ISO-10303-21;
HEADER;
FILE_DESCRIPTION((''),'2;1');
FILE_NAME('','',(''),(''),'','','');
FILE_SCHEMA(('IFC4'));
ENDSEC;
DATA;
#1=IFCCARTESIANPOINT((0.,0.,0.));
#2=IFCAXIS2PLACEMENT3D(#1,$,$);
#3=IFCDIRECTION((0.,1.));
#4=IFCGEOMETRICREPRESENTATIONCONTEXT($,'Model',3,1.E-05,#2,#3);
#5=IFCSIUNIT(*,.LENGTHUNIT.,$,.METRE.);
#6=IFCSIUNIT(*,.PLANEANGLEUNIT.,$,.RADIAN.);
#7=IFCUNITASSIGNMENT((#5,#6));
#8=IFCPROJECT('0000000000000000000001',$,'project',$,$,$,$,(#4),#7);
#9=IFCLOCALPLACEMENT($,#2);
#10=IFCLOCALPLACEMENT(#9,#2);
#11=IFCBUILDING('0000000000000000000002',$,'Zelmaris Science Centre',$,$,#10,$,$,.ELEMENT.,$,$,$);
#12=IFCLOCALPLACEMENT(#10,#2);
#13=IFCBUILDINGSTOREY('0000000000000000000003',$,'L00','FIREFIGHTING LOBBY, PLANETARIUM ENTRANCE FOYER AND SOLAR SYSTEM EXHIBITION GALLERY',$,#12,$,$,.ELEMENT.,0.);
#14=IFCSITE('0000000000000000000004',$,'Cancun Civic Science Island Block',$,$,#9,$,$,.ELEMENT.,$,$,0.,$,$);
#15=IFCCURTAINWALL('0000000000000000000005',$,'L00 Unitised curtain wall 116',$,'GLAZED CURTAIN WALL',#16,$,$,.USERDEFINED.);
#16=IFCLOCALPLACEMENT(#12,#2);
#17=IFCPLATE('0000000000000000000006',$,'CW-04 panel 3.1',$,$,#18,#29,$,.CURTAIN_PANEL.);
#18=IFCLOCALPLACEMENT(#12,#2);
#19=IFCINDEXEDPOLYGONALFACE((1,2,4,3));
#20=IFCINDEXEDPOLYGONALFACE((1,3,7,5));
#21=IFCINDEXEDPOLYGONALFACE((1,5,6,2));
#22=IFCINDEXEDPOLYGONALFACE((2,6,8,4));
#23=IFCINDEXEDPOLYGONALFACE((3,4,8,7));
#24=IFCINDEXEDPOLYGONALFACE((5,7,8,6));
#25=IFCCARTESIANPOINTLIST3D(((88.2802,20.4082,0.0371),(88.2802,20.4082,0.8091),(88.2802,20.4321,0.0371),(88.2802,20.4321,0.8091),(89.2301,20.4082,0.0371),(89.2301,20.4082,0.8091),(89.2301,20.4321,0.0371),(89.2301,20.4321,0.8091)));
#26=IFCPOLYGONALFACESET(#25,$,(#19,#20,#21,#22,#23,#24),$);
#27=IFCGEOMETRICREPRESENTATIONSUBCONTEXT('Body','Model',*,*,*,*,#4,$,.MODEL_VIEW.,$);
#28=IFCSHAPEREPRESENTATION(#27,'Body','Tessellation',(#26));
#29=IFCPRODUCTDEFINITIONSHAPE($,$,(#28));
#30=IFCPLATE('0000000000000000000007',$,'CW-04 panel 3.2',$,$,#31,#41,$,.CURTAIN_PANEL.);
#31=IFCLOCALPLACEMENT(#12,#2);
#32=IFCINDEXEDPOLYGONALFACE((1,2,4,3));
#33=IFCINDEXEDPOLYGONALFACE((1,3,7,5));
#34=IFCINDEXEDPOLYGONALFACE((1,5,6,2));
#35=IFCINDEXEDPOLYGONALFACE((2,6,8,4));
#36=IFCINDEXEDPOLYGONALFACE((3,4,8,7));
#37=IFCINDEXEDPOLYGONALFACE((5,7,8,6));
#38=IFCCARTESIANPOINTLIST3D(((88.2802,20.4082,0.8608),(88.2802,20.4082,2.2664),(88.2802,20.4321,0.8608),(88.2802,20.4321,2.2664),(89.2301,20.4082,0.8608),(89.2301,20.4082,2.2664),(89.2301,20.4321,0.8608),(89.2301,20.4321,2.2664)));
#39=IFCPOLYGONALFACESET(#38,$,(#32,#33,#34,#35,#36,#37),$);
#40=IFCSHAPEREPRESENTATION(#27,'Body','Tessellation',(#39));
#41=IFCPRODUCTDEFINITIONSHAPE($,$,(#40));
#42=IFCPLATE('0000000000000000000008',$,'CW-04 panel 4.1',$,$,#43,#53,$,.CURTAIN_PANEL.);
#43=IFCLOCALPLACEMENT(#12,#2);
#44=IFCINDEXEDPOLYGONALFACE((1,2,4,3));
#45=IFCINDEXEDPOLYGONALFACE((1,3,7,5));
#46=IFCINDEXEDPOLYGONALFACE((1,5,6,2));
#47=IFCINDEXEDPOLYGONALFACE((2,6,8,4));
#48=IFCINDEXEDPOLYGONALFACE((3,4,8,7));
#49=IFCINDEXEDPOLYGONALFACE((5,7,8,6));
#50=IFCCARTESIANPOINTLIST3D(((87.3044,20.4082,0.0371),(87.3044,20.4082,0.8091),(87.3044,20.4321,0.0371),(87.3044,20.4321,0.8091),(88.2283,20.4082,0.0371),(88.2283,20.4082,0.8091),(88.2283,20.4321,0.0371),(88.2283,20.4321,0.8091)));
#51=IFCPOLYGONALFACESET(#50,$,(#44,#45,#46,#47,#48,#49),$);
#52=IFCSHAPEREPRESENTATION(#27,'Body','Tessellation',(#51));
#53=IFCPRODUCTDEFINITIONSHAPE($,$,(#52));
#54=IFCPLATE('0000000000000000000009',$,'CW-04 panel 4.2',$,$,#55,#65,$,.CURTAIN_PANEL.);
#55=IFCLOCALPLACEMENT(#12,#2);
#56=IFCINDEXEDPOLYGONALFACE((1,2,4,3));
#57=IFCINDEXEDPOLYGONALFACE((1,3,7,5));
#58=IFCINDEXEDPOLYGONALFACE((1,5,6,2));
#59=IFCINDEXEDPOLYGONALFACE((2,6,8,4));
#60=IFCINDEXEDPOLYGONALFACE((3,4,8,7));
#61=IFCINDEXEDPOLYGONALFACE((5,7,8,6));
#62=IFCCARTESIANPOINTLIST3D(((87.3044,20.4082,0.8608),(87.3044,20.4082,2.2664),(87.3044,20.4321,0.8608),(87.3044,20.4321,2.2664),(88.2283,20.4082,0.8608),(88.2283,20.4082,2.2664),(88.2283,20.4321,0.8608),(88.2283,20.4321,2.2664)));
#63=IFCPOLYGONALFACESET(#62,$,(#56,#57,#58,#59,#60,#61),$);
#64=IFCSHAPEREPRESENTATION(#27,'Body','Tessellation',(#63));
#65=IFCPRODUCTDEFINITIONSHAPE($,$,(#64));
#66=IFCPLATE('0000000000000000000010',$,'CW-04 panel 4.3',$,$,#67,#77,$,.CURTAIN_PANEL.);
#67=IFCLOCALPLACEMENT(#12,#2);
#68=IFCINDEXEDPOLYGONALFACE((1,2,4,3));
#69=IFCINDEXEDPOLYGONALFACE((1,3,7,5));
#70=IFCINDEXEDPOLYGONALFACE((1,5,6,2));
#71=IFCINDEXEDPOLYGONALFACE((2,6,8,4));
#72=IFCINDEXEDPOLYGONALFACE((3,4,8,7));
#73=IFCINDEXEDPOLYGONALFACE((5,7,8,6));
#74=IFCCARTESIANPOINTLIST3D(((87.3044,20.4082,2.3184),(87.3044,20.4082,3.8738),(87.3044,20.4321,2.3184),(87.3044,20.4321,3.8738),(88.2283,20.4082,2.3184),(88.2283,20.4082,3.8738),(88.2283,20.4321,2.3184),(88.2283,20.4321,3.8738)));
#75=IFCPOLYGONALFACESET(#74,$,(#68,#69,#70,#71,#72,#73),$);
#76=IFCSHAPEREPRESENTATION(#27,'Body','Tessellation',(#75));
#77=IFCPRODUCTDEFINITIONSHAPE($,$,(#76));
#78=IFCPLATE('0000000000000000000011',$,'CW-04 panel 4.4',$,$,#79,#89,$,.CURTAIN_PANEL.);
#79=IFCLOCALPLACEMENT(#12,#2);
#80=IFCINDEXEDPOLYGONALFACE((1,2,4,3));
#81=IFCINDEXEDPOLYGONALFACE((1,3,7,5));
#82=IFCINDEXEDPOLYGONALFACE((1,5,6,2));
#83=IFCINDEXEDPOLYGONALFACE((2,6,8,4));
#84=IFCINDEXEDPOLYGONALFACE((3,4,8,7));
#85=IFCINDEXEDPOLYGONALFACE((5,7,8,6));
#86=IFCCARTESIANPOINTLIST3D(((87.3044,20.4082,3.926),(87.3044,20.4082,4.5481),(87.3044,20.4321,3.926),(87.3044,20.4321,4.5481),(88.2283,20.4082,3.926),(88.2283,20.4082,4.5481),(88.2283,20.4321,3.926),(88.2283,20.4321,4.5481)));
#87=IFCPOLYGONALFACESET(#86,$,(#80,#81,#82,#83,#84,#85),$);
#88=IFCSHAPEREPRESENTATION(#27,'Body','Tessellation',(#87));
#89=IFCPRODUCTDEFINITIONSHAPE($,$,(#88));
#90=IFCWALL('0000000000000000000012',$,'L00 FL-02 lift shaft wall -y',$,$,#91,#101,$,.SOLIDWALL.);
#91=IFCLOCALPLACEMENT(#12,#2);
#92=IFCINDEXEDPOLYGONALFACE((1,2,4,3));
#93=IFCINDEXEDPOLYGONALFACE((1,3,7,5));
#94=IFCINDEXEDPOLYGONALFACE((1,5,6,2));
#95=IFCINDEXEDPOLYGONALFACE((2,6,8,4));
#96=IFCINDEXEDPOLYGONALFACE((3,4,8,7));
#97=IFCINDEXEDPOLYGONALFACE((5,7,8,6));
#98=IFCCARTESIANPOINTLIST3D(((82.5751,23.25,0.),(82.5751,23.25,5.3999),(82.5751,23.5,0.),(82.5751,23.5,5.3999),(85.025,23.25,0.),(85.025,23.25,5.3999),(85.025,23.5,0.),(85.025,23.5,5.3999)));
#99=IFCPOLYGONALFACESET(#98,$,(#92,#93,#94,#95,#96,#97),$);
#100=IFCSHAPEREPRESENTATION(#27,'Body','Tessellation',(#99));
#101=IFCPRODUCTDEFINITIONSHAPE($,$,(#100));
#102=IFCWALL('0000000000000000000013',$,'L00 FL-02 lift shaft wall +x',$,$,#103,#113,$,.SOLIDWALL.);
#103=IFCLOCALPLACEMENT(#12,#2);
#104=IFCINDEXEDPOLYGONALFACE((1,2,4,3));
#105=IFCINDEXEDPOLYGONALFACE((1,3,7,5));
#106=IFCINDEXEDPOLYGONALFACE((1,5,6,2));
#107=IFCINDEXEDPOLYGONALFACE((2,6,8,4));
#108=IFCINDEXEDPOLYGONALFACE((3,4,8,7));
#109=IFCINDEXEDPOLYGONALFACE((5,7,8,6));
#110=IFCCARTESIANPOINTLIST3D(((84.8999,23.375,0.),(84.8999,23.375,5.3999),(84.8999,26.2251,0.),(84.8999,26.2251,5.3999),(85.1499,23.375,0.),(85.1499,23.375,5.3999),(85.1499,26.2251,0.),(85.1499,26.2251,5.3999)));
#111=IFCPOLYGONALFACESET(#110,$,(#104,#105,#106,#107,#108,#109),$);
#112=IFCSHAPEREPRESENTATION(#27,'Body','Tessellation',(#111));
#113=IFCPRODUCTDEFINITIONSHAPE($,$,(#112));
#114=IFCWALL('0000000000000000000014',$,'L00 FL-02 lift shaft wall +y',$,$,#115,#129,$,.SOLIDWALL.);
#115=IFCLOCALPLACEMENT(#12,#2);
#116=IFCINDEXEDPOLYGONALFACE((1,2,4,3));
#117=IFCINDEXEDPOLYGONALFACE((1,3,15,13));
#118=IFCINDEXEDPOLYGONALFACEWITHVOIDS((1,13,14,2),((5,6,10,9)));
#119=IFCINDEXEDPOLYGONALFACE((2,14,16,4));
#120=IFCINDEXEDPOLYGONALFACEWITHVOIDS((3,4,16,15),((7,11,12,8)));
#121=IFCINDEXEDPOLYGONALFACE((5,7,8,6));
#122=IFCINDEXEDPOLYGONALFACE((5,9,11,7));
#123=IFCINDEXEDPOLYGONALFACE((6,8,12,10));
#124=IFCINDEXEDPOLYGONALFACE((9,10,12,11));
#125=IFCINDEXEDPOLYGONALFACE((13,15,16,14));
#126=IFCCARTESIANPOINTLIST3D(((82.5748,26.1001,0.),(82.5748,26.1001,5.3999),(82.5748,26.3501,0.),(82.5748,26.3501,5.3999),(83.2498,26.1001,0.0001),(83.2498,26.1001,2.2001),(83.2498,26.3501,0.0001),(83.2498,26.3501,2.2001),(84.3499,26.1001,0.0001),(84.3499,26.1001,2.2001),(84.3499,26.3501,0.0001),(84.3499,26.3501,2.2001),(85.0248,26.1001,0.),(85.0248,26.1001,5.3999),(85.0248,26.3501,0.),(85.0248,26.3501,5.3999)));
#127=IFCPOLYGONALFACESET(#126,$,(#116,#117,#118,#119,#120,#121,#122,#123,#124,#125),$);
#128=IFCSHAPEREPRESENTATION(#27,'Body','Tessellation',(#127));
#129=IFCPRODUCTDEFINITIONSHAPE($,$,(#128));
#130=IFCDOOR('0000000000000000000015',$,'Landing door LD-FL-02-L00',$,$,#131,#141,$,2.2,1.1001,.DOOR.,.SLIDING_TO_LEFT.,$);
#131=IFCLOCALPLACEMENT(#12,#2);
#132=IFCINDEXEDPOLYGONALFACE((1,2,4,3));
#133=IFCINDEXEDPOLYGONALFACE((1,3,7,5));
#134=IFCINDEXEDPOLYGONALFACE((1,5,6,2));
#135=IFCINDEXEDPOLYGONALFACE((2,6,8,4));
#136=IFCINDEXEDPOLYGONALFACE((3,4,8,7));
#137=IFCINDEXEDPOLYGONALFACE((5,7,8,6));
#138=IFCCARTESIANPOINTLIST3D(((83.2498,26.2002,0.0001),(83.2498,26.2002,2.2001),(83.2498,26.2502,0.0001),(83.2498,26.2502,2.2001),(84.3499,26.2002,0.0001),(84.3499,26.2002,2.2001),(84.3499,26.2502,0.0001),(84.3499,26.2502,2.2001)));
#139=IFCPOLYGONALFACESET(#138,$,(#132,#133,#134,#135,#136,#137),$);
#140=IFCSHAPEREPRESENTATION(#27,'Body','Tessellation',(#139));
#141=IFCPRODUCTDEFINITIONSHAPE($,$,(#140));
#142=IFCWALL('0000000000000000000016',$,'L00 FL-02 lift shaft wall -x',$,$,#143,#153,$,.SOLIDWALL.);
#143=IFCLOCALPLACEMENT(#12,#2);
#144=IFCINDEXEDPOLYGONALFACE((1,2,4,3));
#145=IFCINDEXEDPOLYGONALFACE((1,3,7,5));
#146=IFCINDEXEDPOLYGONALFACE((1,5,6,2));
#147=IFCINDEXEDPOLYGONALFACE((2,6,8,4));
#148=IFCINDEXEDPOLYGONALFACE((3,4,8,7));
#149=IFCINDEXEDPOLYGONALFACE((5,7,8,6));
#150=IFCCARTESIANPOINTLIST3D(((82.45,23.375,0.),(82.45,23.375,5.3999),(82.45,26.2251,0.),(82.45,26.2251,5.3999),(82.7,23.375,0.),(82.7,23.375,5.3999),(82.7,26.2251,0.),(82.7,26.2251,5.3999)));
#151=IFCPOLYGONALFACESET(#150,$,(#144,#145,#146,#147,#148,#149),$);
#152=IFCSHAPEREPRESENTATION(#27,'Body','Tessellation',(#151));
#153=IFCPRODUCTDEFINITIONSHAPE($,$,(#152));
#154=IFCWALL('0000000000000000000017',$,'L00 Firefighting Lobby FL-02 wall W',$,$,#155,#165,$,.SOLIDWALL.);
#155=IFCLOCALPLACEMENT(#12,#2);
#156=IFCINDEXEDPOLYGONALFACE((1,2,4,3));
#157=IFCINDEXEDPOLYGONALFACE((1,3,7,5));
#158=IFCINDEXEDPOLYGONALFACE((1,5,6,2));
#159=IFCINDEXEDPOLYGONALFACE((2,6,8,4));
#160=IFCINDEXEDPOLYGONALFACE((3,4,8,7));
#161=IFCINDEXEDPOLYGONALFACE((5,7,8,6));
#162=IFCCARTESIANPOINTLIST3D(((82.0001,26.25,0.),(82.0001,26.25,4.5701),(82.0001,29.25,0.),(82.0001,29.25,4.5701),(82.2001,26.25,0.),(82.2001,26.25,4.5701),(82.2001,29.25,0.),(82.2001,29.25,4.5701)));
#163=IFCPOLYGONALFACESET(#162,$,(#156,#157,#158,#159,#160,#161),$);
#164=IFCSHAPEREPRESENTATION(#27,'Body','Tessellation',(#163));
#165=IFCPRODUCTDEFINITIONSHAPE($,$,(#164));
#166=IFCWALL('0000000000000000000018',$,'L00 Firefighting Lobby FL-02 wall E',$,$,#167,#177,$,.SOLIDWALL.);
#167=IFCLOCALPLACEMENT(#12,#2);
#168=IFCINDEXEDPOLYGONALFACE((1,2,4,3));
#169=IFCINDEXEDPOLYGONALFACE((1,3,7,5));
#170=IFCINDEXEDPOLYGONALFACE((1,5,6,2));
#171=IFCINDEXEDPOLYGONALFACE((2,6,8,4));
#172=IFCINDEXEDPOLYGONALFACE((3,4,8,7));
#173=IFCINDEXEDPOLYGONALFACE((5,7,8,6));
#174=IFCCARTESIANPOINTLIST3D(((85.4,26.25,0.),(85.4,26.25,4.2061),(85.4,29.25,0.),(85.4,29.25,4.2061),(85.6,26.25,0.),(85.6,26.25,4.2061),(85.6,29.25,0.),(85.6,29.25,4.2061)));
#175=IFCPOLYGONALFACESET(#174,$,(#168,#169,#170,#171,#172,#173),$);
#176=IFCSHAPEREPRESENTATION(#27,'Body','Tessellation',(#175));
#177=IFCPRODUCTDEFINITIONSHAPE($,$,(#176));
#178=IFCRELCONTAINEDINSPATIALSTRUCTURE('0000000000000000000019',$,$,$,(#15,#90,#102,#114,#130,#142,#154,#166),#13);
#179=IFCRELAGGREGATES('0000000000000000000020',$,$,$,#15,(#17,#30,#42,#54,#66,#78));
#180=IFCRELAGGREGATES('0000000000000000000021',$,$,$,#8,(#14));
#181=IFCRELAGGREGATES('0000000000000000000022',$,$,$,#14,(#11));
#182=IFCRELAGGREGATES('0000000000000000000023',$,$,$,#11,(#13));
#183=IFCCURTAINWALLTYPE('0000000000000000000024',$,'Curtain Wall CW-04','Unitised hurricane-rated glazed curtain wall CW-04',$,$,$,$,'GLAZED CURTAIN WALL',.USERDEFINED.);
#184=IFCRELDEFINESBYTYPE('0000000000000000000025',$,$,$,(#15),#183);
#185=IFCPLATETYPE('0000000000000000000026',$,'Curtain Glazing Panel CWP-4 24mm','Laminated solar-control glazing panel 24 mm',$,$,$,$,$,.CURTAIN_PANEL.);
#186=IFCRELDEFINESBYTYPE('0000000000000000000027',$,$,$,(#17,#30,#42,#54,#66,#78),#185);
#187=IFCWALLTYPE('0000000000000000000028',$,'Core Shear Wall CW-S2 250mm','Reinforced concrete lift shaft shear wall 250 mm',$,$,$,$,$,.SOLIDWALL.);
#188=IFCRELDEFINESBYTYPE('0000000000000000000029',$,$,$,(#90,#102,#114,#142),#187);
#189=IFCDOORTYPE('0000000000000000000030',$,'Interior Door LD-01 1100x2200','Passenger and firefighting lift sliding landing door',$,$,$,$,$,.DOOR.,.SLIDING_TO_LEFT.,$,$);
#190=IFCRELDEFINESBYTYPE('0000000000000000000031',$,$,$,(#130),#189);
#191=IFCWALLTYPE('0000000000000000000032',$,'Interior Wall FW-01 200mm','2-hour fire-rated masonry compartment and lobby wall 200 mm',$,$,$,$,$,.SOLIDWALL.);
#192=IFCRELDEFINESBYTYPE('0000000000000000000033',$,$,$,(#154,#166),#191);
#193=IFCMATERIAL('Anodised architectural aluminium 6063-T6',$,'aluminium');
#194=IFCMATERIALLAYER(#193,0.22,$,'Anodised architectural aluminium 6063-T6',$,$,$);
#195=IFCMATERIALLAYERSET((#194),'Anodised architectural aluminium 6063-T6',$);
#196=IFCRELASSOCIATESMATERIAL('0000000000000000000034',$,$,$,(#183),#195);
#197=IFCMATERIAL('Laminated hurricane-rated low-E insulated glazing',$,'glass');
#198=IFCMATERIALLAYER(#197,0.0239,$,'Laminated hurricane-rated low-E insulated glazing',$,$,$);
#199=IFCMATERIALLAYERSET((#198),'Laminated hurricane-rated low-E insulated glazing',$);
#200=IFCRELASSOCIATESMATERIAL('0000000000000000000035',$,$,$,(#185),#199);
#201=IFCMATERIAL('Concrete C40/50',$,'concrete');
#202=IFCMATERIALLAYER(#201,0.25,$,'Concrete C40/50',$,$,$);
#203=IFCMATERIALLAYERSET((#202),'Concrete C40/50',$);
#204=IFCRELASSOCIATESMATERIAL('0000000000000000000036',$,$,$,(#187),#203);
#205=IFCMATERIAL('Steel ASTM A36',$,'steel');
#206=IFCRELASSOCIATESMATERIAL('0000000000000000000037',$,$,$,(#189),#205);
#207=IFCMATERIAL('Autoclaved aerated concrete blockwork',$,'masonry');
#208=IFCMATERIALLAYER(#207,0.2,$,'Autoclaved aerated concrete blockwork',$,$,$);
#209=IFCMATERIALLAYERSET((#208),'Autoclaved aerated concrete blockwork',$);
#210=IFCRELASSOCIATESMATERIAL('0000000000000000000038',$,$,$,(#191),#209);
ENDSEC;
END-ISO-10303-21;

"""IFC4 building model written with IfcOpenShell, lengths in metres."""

from ifc_helpers import new_model, si_unit, direction, frame, frame_2d, origin, origin_2d, place, context, subcontext, project, spatial, rectangle, extrude, material, layer, layer_set, type_object, element, fill, aggregate, save


model = new_model("IFC4")

# Units and contexts
model_context = context("Model", 3, precision=1e-05, world=origin(), true_north=direction((0.0, 1.0)))
body_context = subcontext(model_context, "Body", "Model", "MODEL_VIEW")
ifc_project = project(units=[si_unit("LENGTHUNIT", "METRE"), si_unit("PLANEANGLEUNIT", "RADIAN")], contexts=[model_context])

# Site, building, storey
site_placement = place(None, origin())
site = spatial("IfcSite", under=ifc_project, at=site_placement, Name="Cancun Civic Science Island Block", CompositionType="ELEMENT", RefElevation=0.0)
building_placement = place(site_placement, origin())
building = spatial("IfcBuilding", under=site, at=building_placement, Name="Zelmaris Science Centre", CompositionType="ELEMENT")
storey_placement = place(building_placement, origin())
storey = spatial("IfcBuildingStorey", under=building, at=storey_placement, Name="L00", Description="FIREFIGHTING LOBBY, PLANETARIUM ENTRANCE FOYER AND SOLAR SYSTEM EXHIBITION GALLERY", CompositionType="ELEMENT", Elevation=0.0)

# Curtain wall
ifc_material_1 = material(Name="Anodised architectural aluminium 6063-T6", Category="aluminium")
ifc_layer_1 = layer(ifc_material_1, 0.22, Name="Anodised architectural aluminium 6063-T6")
ifc_layer_set_1 = layer_set([ifc_layer_1], Name="Anodised architectural aluminium 6063-T6")
curtain_wall_type_1 = type_object("IfcCurtainWallType", Name="Curtain Wall CW-04", Description="Unitised hurricane-rated glazed curtain wall CW-04", ElementType="GLAZED CURTAIN WALL", PredefinedType="USERDEFINED", material=ifc_layer_set_1)
curtain_wall_1_placement = place(storey_placement, origin())
curtain_wall_1 = element("IfcCurtainWall", 1, at=curtain_wall_1_placement, inside=storey, type_object=curtain_wall_type_1, Name="L00 Unitised curtain wall 116", ObjectType="GLAZED CURTAIN WALL", PredefinedType="USERDEFINED")

# Plates
ifc_material_2 = material(Name="Laminated hurricane-rated low-E insulated glazing", Category="glass")
ifc_layer_2 = layer(ifc_material_2, 0.0239, Name="Laminated hurricane-rated low-E insulated glazing")
ifc_layer_set_2 = layer_set([ifc_layer_2], Name="Laminated hurricane-rated low-E insulated glazing")
plate_type_1 = type_object("IfcPlateType", Name="Curtain Glazing Panel CWP-4 24mm", Description="Laminated solar-control glazing panel 24 mm", PredefinedType="CURTAIN_PANEL", material=ifc_layer_set_2)
plate_1_placement = place(storey_placement, frame((88.7551, 20.4202, 0.0371), z_axis=(0.0, 0.0, 1.0), x_axis=(-1.0, 0.0, 0.0)))
plate_1 = element("IfcPlate", 2, at=plate_1_placement, type_object=plate_type_1, Name="CW-04 panel 3.1", PredefinedType="CURTAIN_PANEL", context=body_context, shape_type="SweptSolid", body=[
    extrude(rectangle(XDim=0.95, YDim=0.0239, at=origin_2d()), origin(), (0.0, 0.0, 1.0), 0.772),
])
plate_2_placement = place(storey_placement, frame((88.7551, 20.4202, 0.8608), z_axis=(0.0, 0.0, 1.0), x_axis=(-1.0, 0.0, 0.0)))
plate_2 = element("IfcPlate", 3, at=plate_2_placement, type_object=plate_type_1, Name="CW-04 panel 3.2", PredefinedType="CURTAIN_PANEL", context=body_context, shape_type="SweptSolid", body=[
    extrude(rectangle(XDim=0.95, YDim=0.0239, at=origin_2d()), origin(), (0.0, 0.0, 1.0), 1.4055),
])
plate_3_placement = place(storey_placement, frame((87.7664, 20.4202, 0.0371), z_axis=(0.0, 0.0, 1.0), x_axis=(-1.0, 0.0, 0.0)))
plate_3 = element("IfcPlate", 4, at=plate_3_placement, type_object=plate_type_1, Name="CW-04 panel 4.1", PredefinedType="CURTAIN_PANEL", context=body_context, shape_type="SweptSolid", body=[
    extrude(rectangle(XDim=0.9238, YDim=0.0239, at=origin_2d()), origin(), (0.0, 0.0, 1.0), 0.772),
])
plate_4_placement = place(storey_placement, frame((87.7664, 20.4202, 0.8608), z_axis=(0.0, 0.0, 1.0), x_axis=(-1.0, 0.0, 0.0)))
plate_4 = element("IfcPlate", 5, at=plate_4_placement, type_object=plate_type_1, Name="CW-04 panel 4.2", PredefinedType="CURTAIN_PANEL", context=body_context, shape_type="SweptSolid", body=[
    extrude(rectangle(XDim=0.9238, YDim=0.0239, at=origin_2d()), origin(), (0.0, 0.0, 1.0), 1.4055),
])
plate_5_placement = place(storey_placement, frame((87.7664, 20.4202, 2.3184), z_axis=(0.0, 0.0, 1.0), x_axis=(-1.0, 0.0, 0.0)))
plate_5 = element("IfcPlate", 6, at=plate_5_placement, type_object=plate_type_1, Name="CW-04 panel 4.3", PredefinedType="CURTAIN_PANEL", context=body_context, shape_type="SweptSolid", body=[
    extrude(rectangle(XDim=0.9238, YDim=0.0239, at=origin_2d()), origin(), (0.0, 0.0, 1.0), 1.5554),
])
plate_6_placement = place(storey_placement, frame((87.7664, 20.4202, 3.926), z_axis=(0.0, 0.0, 1.0), x_axis=(-1.0, 0.0, 0.0)))
plate_6 = element("IfcPlate", 7, at=plate_6_placement, type_object=plate_type_1, Name="CW-04 panel 4.4", PredefinedType="CURTAIN_PANEL", context=body_context, shape_type="SweptSolid", body=[
    extrude(rectangle(XDim=0.9238, YDim=0.0239, at=origin_2d()), origin(), (0.0, 0.0, 1.0), 0.6221),
])
aggregate(curtain_wall_1, [plate_1, plate_2, plate_3, plate_4, plate_5, plate_6])

# Walls
ifc_material_3 = material(Name="Concrete C40/50", Category="concrete")
ifc_layer_3 = layer(ifc_material_3, 0.25, Name="Concrete C40/50")
ifc_layer_set_3 = layer_set([ifc_layer_3], Name="Concrete C40/50")
wall_type_1 = type_object("IfcWallType", Name="Core Shear Wall CW-S2 250mm", Description="Reinforced concrete lift shaft shear wall 250 mm", PredefinedType="SOLIDWALL", material=ifc_layer_set_3)
wall_1_placement = place(storey_placement, frame((82.575, 23.375, 0.0), z_axis=(0.0, 0.0, 1.0), x_axis=(1.0, 0.0, 0.0)))
element("IfcWall", 8, at=wall_1_placement, inside=storey, type_object=wall_type_1, Name="L00 FL-02 lift shaft wall -y", PredefinedType="SOLIDWALL", context=body_context, shape_type="SweptSolid", body=[
    extrude(rectangle(XDim=2.45, YDim=0.25, at=frame_2d((1.2251, 0.0))), origin(), (0.0, 0.0, 1.0), 5.3999),
])
wall_2_placement = place(storey_placement, frame((85.0249, 23.375, 0.0), z_axis=(0.0, 0.0, 1.0), x_axis=(0.0, 1.0, 0.0)))
element("IfcWall", 9, at=wall_2_placement, inside=storey, type_object=wall_type_1, Name="L00 FL-02 lift shaft wall +x", PredefinedType="SOLIDWALL", context=body_context, shape_type="SweptSolid", body=[
    extrude(rectangle(XDim=2.8501, YDim=0.25, at=frame_2d((1.425, 0.0))), origin(), (0.0, 0.0, 1.0), 5.3999),
])

# Wall, opening, door
wall_3_placement = place(storey_placement, frame((85.0249, 26.2251, 0.0), z_axis=(0.0, 0.0, 1.0), x_axis=(-1.0, 0.0, 0.0)))
wall_3 = element("IfcWall", 10, at=wall_3_placement, inside=storey, type_object=wall_type_1, Name="L00 FL-02 lift shaft wall +y", PredefinedType="SOLIDWALL", context=body_context, shape_type="SweptSolid", body=[
    extrude(rectangle(XDim=2.45, YDim=0.25, at=frame_2d((1.2251, 0.0))), origin(), (0.0, 0.0, 1.0), 5.3999),
])
opening_1_placement = place(wall_3_placement, frame((0.675, 0.0, 0.0)))
opening_1 = element("IfcOpeningElement", 11, at=opening_1_placement, cuts=wall_3, PredefinedType="OPENING", context=body_context, shape_type="SweptSolid", body=[
    extrude(rectangle(XDim=1.1001, YDim=2.2, at=frame_2d((0.55, 1.1001))), frame((0.0, 0.135, 0.0), z_axis=(0.0, -1.0, 0.0), x_axis=(1.0, 0.0, 0.0)), (0.0, 0.0, 1.0), 0.27),
])
ifc_material_4 = material(Name="Steel ASTM A36", Category="steel")
door_type_1 = type_object("IfcDoorType", Name="Interior Door LD-01 1100x2200", Description="Passenger and firefighting lift sliding landing door", OperationType="SLIDING_TO_LEFT", PredefinedType="DOOR", material=ifc_material_4)
door_1_placement = place(opening_1_placement, origin())
door_1 = element("IfcDoor", 12, at=door_1_placement, inside=storey, type_object=door_type_1, Name="Landing door LD-FL-02-L00", OperationType="SLIDING_TO_LEFT", OverallHeight=2.2, OverallWidth=1.1001, PredefinedType="DOOR", context=body_context, shape_type="SweptSolid", body=[
    extrude(rectangle(XDim=1.1001, YDim=2.2, at=frame_2d((0.55, 1.1001))), frame((0.0, 0.0249, 0.0), z_axis=(0.0, -1.0, 0.0), x_axis=(1.0, 0.0, 0.0)), (0.0, 0.0, 1.0), 0.05),
])
fill(opening_1, door_1)

# Walls
wall_4_placement = place(storey_placement, frame((82.575, 26.2251, 0.0), z_axis=(0.0, 0.0, 1.0), x_axis=(0.0, -1.0, 0.0)))
element("IfcWall", 13, at=wall_4_placement, inside=storey, type_object=wall_type_1, Name="L00 FL-02 lift shaft wall -x", PredefinedType="SOLIDWALL", context=body_context, shape_type="SweptSolid", body=[
    extrude(rectangle(XDim=2.8501, YDim=0.25, at=frame_2d((1.425, 0.0))), origin(), (0.0, 0.0, 1.0), 5.3999),
])
ifc_material_5 = material(Name="Autoclaved aerated concrete blockwork", Category="masonry")
ifc_layer_4 = layer(ifc_material_5, 0.2, Name="Autoclaved aerated concrete blockwork")
ifc_layer_set_4 = layer_set([ifc_layer_4], Name="Autoclaved aerated concrete blockwork")
wall_type_2 = type_object("IfcWallType", Name="Interior Wall FW-01 200mm", Description="2-hour fire-rated masonry compartment and lobby wall 200 mm", PredefinedType="SOLIDWALL", material=ifc_layer_set_4)
wall_5_placement = place(storey_placement, frame((82.1001, 26.25, 0.0), z_axis=(0.0, 0.0, 1.0), x_axis=(0.0, 1.0, 0.0)))
element("IfcWall", 14, at=wall_5_placement, inside=storey, type_object=wall_type_2, Name="L00 Firefighting Lobby FL-02 wall W", PredefinedType="SOLIDWALL", context=body_context, shape_type="SweptSolid", body=[
    extrude(rectangle(XDim=3.0, YDim=0.2, at=frame_2d((1.5, 0.0))), origin(), (0.0, 0.0, 1.0), 4.5701),
])
wall_6_placement = place(storey_placement, frame((85.5, 26.25, 0.0), z_axis=(0.0, 0.0, 1.0), x_axis=(0.0, 1.0, 0.0)))
element("IfcWall", 15, at=wall_6_placement, inside=storey, type_object=wall_type_2, Name="L00 Firefighting Lobby FL-02 wall E", PredefinedType="SOLIDWALL", context=body_context, shape_type="SweptSolid", body=[
    extrude(rectangle(XDim=3.0, YDim=0.2, at=frame_2d((1.5, 0.0))), origin(), (0.0, 0.0, 1.0), 4.2061),
])

save(model, "model.ifc")
